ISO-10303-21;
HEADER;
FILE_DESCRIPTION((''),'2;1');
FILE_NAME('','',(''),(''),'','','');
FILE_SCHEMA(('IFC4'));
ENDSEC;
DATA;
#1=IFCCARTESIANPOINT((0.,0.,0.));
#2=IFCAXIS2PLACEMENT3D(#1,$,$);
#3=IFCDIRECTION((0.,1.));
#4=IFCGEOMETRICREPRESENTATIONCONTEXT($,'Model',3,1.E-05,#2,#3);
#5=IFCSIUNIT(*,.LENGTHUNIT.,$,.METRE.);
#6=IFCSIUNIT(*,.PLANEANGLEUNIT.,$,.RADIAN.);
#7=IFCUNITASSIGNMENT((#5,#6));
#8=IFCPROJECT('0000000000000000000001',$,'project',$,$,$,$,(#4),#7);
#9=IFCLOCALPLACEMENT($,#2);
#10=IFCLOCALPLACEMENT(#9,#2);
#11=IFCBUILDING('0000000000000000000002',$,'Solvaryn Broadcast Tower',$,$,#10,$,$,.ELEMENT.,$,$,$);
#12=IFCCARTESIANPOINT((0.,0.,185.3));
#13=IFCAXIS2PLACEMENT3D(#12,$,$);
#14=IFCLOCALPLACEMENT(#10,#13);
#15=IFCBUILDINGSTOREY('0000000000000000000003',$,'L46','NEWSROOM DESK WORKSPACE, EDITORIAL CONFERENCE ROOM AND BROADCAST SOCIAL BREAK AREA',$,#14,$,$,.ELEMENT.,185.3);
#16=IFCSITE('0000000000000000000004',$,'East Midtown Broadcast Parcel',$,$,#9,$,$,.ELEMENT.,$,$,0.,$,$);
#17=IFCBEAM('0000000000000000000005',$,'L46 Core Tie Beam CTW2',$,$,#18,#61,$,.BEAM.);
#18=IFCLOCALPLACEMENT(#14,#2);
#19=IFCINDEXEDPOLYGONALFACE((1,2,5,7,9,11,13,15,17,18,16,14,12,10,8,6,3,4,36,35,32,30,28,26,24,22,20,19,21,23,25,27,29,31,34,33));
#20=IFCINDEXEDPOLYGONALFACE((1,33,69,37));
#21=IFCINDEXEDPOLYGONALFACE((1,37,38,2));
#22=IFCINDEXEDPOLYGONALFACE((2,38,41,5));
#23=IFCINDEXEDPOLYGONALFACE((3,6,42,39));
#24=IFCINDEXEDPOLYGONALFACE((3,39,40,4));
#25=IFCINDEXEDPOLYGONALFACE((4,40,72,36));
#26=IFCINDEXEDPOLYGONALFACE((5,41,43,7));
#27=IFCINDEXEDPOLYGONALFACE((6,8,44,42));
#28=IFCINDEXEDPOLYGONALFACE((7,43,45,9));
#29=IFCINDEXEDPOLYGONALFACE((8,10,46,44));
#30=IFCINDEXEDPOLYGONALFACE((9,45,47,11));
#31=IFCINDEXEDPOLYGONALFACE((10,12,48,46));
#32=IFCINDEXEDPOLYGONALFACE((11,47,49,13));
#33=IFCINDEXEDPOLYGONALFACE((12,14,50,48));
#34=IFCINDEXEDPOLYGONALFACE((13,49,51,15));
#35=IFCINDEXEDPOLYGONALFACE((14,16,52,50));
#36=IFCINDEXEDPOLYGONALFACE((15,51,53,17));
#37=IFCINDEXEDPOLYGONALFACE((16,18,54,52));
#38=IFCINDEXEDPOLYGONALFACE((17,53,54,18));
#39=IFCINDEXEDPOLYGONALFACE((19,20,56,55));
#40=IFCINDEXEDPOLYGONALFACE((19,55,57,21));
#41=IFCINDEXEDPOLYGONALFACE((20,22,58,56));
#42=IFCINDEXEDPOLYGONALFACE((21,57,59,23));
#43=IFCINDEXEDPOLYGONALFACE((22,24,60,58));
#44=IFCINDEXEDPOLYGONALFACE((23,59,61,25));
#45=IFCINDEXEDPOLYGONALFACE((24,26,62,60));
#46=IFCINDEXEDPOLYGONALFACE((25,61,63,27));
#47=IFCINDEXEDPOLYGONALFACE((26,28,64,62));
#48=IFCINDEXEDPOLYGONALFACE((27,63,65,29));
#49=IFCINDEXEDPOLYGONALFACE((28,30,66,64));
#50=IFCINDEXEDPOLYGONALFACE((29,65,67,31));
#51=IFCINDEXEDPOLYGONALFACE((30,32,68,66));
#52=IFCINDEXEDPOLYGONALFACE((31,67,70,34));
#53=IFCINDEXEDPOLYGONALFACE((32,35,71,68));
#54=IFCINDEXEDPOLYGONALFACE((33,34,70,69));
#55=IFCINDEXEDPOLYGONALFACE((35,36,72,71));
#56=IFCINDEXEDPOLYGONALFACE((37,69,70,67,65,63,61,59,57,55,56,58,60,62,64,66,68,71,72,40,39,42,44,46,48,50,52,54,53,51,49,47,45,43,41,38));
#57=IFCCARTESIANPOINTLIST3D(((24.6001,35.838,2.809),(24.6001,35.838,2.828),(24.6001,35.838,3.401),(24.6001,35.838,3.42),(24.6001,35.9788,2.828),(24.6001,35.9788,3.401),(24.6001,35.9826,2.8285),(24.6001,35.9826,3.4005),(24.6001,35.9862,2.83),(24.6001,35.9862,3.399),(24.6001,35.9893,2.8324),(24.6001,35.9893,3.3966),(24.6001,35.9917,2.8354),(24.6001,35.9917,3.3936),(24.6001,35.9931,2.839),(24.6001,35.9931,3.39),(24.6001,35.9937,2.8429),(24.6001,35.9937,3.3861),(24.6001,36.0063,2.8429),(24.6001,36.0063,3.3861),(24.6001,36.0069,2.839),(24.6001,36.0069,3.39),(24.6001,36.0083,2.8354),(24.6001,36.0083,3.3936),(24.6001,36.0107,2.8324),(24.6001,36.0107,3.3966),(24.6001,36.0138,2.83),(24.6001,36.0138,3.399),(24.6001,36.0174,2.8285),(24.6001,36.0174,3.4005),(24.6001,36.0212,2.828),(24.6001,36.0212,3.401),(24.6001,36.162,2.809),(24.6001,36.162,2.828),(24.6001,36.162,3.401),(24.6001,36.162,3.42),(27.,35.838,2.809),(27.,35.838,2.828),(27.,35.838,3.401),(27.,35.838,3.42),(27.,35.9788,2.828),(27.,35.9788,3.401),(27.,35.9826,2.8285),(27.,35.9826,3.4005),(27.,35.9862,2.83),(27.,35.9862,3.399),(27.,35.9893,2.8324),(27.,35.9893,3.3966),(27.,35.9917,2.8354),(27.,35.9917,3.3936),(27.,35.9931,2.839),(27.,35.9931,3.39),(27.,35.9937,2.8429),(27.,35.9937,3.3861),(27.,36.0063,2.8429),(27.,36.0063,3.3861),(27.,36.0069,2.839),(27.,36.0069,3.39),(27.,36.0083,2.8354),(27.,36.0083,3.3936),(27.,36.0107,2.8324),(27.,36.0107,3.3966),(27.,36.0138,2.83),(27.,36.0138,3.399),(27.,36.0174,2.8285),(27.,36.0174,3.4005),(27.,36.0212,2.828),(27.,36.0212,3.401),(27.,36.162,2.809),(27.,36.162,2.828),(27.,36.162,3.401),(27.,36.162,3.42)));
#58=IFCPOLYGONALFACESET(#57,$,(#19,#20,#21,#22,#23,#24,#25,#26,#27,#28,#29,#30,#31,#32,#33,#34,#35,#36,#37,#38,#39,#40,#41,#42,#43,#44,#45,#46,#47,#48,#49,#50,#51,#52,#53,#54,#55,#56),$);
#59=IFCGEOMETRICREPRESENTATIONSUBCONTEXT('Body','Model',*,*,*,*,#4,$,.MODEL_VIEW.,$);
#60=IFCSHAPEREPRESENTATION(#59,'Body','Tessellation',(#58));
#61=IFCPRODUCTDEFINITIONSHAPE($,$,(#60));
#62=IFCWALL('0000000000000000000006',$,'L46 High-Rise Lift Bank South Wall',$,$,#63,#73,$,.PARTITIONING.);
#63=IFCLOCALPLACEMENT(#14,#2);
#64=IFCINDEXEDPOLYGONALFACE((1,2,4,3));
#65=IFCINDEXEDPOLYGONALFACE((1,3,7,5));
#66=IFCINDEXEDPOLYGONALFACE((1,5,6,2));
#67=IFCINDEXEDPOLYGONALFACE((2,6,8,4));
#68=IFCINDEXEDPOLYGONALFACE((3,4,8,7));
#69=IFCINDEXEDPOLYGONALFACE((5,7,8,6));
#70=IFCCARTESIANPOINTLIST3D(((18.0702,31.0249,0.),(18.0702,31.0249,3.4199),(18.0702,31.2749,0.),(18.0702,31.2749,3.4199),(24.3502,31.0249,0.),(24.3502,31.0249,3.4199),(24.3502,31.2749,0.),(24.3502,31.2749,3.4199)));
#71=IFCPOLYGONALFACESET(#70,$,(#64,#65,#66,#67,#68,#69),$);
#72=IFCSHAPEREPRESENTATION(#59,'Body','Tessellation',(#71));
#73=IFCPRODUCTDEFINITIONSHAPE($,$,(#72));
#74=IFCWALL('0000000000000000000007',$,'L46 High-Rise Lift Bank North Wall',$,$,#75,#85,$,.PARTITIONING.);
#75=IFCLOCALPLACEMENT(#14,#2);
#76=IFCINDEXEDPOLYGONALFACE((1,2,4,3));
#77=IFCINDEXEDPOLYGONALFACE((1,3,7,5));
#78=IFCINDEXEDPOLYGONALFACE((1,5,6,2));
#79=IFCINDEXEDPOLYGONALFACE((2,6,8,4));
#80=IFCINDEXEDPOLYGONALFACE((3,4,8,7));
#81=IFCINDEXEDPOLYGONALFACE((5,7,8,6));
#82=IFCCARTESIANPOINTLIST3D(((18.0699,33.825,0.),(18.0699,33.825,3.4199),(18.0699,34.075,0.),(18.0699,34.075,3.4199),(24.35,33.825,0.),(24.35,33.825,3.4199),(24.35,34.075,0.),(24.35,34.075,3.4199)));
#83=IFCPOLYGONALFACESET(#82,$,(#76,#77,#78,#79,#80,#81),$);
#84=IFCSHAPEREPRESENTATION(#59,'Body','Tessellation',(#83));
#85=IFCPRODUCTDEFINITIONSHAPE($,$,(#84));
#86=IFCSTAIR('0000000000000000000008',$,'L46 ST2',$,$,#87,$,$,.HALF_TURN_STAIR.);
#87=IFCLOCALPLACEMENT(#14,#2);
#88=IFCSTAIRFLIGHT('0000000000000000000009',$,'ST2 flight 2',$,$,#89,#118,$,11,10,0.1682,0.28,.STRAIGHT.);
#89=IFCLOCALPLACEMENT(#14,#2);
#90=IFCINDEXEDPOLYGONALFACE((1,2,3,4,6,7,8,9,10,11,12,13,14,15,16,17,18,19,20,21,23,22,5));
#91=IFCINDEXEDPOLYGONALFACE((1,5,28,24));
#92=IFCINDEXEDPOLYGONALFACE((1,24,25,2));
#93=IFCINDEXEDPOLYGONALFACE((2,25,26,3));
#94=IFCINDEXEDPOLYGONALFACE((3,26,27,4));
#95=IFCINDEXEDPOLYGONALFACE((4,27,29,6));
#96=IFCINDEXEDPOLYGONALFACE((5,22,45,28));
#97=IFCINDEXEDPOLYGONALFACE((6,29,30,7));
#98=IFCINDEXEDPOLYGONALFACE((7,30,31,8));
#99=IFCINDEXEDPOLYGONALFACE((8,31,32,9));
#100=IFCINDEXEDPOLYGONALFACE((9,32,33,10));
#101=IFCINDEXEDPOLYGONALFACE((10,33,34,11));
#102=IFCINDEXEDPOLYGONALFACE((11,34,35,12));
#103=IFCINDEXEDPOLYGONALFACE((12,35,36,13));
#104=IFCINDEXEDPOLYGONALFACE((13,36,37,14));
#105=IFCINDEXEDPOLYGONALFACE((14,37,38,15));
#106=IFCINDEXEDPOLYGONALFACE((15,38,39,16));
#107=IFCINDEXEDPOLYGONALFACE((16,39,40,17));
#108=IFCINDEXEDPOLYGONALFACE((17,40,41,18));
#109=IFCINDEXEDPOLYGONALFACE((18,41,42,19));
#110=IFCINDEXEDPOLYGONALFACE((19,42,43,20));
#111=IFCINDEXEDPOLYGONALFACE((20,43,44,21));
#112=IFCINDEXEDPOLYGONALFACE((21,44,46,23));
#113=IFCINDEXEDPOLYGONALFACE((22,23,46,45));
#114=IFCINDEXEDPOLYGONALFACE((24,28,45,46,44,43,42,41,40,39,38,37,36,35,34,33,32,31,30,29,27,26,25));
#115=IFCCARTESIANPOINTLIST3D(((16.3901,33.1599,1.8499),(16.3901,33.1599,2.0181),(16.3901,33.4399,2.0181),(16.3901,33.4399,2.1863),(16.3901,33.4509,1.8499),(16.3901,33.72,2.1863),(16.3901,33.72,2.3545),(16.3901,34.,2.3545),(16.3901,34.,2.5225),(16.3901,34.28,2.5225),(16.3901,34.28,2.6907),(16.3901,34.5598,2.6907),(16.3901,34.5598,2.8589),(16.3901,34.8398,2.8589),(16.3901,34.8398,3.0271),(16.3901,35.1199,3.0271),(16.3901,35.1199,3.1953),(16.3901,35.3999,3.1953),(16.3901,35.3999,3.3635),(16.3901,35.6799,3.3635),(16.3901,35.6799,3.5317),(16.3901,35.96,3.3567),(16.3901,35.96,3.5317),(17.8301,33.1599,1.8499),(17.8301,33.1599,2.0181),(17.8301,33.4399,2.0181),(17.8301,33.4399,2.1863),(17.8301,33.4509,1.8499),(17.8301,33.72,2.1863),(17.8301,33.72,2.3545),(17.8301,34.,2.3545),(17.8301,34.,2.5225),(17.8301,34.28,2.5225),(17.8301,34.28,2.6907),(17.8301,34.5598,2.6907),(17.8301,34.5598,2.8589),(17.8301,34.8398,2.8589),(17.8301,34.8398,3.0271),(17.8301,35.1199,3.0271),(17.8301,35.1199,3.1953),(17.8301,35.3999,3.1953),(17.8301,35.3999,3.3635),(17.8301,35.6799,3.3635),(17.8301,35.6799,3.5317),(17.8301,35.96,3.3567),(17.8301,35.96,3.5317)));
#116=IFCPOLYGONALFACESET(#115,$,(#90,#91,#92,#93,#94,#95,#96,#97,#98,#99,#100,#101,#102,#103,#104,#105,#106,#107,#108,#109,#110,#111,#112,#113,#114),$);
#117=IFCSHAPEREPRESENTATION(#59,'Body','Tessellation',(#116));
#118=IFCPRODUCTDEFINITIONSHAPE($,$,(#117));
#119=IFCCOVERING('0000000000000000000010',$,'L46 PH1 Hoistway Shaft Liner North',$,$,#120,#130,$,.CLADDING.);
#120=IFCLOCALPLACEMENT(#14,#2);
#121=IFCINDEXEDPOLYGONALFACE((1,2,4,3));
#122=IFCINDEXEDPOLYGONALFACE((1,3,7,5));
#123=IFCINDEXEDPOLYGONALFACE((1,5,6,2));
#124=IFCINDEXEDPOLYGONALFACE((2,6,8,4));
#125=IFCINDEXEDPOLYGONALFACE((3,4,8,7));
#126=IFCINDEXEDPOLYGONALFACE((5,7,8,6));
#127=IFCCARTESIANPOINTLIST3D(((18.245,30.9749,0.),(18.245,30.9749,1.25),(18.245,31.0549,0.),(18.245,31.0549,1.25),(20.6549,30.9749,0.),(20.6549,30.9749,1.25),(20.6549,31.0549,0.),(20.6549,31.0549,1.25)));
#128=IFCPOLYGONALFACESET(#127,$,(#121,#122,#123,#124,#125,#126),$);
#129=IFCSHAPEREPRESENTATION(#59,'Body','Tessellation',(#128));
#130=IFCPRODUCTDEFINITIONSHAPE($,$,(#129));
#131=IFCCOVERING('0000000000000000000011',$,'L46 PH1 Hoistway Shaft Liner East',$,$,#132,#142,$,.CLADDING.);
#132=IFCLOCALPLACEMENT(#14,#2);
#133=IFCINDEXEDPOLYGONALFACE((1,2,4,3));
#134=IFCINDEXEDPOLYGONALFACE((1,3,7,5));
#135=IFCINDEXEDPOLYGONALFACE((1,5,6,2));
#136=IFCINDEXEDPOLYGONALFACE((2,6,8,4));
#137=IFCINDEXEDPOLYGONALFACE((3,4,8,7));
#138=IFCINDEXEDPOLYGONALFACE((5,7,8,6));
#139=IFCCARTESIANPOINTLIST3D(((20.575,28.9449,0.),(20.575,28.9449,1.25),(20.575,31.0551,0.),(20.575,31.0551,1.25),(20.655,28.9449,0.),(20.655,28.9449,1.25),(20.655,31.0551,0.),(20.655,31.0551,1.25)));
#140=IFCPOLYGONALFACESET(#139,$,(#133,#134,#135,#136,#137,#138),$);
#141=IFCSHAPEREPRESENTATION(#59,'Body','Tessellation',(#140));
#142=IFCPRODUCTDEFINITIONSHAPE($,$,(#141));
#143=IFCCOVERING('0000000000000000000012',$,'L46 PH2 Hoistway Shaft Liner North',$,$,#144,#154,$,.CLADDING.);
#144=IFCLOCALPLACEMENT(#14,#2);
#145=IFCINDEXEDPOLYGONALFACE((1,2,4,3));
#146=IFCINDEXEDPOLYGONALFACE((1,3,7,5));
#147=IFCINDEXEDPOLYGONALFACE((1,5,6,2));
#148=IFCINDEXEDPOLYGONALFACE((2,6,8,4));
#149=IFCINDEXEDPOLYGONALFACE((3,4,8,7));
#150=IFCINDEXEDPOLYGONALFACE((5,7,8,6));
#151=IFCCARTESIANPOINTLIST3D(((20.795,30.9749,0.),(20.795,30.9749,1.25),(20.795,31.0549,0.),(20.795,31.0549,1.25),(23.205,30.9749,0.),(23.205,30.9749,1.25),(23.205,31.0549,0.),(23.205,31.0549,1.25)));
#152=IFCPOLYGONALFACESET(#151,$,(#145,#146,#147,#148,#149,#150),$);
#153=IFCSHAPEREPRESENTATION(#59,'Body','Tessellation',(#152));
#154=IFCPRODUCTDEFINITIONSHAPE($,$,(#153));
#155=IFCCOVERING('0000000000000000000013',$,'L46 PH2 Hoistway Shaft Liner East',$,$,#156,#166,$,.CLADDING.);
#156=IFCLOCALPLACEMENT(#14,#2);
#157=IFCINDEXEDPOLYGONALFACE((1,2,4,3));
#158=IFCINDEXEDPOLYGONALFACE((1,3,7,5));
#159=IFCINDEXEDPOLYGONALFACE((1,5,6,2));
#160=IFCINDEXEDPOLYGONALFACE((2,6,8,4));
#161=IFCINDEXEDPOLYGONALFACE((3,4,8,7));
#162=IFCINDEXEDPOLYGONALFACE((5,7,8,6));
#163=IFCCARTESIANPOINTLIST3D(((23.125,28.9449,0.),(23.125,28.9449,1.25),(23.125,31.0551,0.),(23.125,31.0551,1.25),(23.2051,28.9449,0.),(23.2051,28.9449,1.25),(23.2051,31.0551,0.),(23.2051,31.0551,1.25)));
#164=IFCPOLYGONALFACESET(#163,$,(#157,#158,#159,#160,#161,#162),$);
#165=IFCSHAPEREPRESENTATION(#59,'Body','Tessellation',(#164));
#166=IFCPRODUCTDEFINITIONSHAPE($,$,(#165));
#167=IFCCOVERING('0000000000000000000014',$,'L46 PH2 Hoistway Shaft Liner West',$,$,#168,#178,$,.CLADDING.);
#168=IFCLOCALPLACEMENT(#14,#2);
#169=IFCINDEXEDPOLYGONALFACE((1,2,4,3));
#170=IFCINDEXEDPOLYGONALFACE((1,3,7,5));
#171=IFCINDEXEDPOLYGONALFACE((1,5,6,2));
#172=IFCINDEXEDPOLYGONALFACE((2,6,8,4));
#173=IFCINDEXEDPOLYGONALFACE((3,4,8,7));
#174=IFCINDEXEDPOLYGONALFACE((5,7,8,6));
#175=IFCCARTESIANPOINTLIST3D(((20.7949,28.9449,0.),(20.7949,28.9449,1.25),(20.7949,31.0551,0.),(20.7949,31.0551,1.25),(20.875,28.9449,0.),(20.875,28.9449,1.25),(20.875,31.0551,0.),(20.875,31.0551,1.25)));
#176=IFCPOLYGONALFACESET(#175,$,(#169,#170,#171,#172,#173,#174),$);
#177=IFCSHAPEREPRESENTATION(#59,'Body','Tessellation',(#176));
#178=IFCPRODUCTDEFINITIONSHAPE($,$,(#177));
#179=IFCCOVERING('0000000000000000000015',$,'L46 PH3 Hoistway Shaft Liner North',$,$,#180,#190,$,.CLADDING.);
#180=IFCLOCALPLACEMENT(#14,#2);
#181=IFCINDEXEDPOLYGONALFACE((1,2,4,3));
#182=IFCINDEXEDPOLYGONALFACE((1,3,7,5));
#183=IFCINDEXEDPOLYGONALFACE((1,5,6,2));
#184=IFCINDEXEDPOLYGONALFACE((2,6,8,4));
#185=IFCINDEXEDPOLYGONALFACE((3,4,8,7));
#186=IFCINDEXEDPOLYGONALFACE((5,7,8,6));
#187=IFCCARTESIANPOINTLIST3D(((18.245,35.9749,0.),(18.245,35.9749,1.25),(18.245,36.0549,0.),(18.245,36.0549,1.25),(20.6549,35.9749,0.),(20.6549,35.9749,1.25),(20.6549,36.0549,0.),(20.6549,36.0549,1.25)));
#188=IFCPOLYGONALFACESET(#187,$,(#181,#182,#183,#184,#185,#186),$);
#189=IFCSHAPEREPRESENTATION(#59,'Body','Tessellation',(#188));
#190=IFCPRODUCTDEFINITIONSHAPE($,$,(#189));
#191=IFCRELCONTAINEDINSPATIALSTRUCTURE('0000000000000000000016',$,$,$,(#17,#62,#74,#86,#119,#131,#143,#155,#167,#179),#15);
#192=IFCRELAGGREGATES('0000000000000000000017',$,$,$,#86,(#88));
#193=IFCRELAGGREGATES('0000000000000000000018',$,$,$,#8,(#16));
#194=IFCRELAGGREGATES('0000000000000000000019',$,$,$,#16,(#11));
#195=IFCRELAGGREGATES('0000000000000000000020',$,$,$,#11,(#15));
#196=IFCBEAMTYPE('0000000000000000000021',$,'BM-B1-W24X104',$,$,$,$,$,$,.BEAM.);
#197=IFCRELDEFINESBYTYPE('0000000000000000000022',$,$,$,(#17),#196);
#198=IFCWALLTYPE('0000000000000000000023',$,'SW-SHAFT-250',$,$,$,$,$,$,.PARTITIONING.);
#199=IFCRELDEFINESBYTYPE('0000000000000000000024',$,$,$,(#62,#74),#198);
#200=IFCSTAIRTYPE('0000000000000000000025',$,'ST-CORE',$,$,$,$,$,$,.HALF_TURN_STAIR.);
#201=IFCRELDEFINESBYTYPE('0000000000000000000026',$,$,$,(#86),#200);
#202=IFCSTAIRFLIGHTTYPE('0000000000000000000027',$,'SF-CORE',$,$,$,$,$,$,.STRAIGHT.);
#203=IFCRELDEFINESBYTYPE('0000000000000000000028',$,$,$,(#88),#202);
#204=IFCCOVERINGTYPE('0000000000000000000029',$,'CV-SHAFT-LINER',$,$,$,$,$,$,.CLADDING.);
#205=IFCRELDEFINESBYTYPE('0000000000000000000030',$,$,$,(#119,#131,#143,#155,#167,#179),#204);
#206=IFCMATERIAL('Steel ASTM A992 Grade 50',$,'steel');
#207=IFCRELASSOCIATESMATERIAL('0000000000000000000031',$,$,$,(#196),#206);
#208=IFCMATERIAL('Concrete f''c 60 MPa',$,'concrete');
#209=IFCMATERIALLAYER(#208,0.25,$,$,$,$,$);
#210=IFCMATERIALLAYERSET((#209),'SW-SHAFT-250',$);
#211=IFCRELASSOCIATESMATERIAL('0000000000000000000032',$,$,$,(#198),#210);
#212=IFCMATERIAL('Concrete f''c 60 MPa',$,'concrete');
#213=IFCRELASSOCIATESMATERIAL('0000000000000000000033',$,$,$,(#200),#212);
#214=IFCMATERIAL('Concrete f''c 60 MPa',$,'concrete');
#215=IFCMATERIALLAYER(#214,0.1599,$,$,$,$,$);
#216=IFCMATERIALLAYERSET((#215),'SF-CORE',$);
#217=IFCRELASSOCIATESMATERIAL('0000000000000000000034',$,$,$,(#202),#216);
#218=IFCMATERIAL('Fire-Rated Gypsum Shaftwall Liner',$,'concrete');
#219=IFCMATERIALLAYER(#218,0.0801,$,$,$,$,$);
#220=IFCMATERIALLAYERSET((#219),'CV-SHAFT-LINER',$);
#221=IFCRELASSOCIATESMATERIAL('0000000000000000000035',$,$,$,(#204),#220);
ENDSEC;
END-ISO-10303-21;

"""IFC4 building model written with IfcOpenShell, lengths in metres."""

from ifc_helpers import new_model, si_unit, direction, frame, frame_2d, origin, origin_2d, place, context, subcontext, project, spatial, polyline, rectangle, i_section, outline, extrude, material, layer, layer_set, material_profile, profile_set, type_object, element, aggregate, save


model = new_model("IFC4")

# Units and contexts
model_context = context("Model", 3, precision=1e-05, world=origin(), true_north=direction((0.0, 1.0)))
body_context = subcontext(model_context, "Body", "Model", "MODEL_VIEW")
ifc_project = project(units=[si_unit("LENGTHUNIT", "METRE"), si_unit("PLANEANGLEUNIT", "RADIAN")], contexts=[model_context])

# Site, building, storey
site_placement = place(None, origin())
site = spatial("IfcSite", under=ifc_project, at=site_placement, Name="East Midtown Broadcast Parcel", CompositionType="ELEMENT", RefElevation=0.0)
building_placement = place(site_placement, origin())
building = spatial("IfcBuilding", under=site, at=building_placement, Name="Solvaryn Broadcast Tower", CompositionType="ELEMENT")
storey_placement = place(building_placement, frame((0.0, 0.0, 185.3)))
storey = spatial("IfcBuildingStorey", under=building, at=storey_placement, Name="L46", Description="NEWSROOM DESK WORKSPACE, EDITORIAL CONFERENCE ROOM AND BROADCAST SOCIAL BREAK AREA", CompositionType="ELEMENT", Elevation=185.3)

# Beam
ifc_material_1 = material(Name="Steel ASTM A992 Grade 50", Category="steel")
ifc_material_profile = material_profile(ifc_material_1, i_section(OverallWidth=0.324, OverallDepth=0.6111, WebThickness=0.0127, FlangeThickness=0.019, FilletRadius=0.0149, at=origin_2d()))
ifc_profile_set = profile_set([ifc_material_profile], Name="Steel ASTM A992 Grade 50")
beam_type = type_object("IfcBeamType", Name="BM-B1-W24X104", PredefinedType="BEAM", material=ifc_profile_set)
beam_placement = place(storey_placement, frame((24.6001, 36.0, 3.1145), z_axis=(1.0, 0.0, 0.0), x_axis=(0.0, 1.0, 0.0)))
element("IfcBeam", 1, at=beam_placement, inside=storey, type_object=beam_type, Name="L46 Core Tie Beam CTW2", PredefinedType="BEAM", context=body_context, shape_type="SweptSolid", body=[
    extrude(i_section(OverallWidth=0.324, OverallDepth=0.6111, WebThickness=0.0127, FlangeThickness=0.019, FilletRadius=0.0149, at=origin_2d()), origin(), (0.0, 0.0, 1.0), 2.3999),
])

# Walls
ifc_material_2 = material(Name="Concrete f'c 60 MPa", Category="concrete")
ifc_layer_1 = layer(ifc_material_2, 0.25)
ifc_layer_set_1 = layer_set([ifc_layer_1], Name="SW-SHAFT-250")
wall_type = type_object("IfcWallType", Name="SW-SHAFT-250", PredefinedType="PARTITIONING", material=ifc_layer_set_1)
for number, where, z_axis, x_axis, name in (
    (2, (18.0701, 31.1499, 0.0), (0.0, 0.0, 1.0), (1.0, 0.0, 0.0), "L46 High-Rise Lift Bank South Wall"),
    (3, (24.3501, 33.95, 0.0), (0.0, 0.0, 1.0), (-1.0, 0.0, 0.0), "L46 High-Rise Lift Bank North Wall"),
):
    element("IfcWall", number, at=place(storey_placement, frame(where, z_axis=z_axis, x_axis=x_axis)), inside=storey, type_object=wall_type, Name=name, PredefinedType="PARTITIONING", context=body_context, shape_type="SweptSolid", body=[
        extrude(rectangle(XDim=6.28, YDim=0.25, at=frame_2d((3.1401, 0.0))), origin(), (0.0, 0.0, 1.0), 3.4199),
    ])

# Stair, stair flight
ifc_material_3 = material(Name="Concrete f'c 60 MPa", Category="concrete")
stair_type = type_object("IfcStairType", Name="ST-CORE", PredefinedType="HALF_TURN_STAIR", material=ifc_material_3)
stair_placement = place(storey_placement, origin())
stair = element("IfcStair", 4, at=stair_placement, inside=storey, type_object=stair_type, Name="L46 ST2", PredefinedType="HALF_TURN_STAIR")
ifc_material_4 = material(Name="Concrete f'c 60 MPa", Category="concrete")
ifc_layer_2 = layer(ifc_material_4, 0.1599)
ifc_layer_set_2 = layer_set([ifc_layer_2], Name="SF-CORE")
stair_flight_type = type_object("IfcStairFlightType", Name="SF-CORE", PredefinedType="STRAIGHT", material=ifc_layer_set_2)
stair_flight_placement = place(storey_placement, frame((17.1101, 33.1599, 1.8499), z_axis=(0.0, 0.0, 1.0), x_axis=(0.0, 1.0, 0.0)))
stair_flight = element("IfcStairFlight", 5, at=stair_flight_placement, type_object=stair_flight_type, Name="ST2 flight 2", NumberOfRisers=11, NumberOfTreads=10, PredefinedType="STRAIGHT", RiserHeight=0.1682, TreadLength=0.28, context=body_context, shape_type="SweptSolid", body=[
    extrude(outline(polyline([(0.0, 0.0), (0.0, 0.1682), (0.28, 0.1682), (0.28, 0.3364), (0.5601, 0.3364), (0.5601, 0.5046), (0.8401, 0.5046), (0.8401, 0.6726), (1.1201, 0.6726), (1.1201, 0.8408), (1.3999, 0.8408), (1.3999, 1.009), (1.6799, 1.009), (1.6799, 1.1772), (1.96, 1.1772), (1.96, 1.3455), (2.24, 1.3455), (2.24, 1.5137), (2.52, 1.5137), (2.52, 1.6819), (2.8, 1.6819), (2.8, 1.8501), (2.8, 1.5068), (0.291, 0.0), (0.0, 0.0)])), frame((0.0, 0.72, 0.0), z_axis=(0.0, -1.0, 0.0), x_axis=(1.0, 0.0, 0.0)), (0.0, 0.0, 1.0), 1.4399),
])
aggregate(stair, [stair_flight])

# Coverings
ifc_material_5 = material(Name="Fire-Rated Gypsum Shaftwall Liner", Category="concrete")
ifc_layer_3 = layer(ifc_material_5, 0.0801)
ifc_layer_set_3 = layer_set([ifc_layer_3], Name="CV-SHAFT-LINER")
covering_type = type_object("IfcCoveringType", Name="CV-SHAFT-LINER", PredefinedType="CLADDING", material=ifc_layer_set_3)
covering_1_placement = place(storey_placement, frame((19.45, 31.0149, 0.0), z_axis=(0.0, 0.0, 1.0), x_axis=(1.0, 0.0, 0.0)))
element("IfcCovering", 6, at=covering_1_placement, inside=storey, type_object=covering_type, Name="L46 PH1 Hoistway Shaft Liner North", PredefinedType="CLADDING", context=body_context, shape_type="SweptSolid", body=[
    extrude(rectangle(XDim=2.4099, YDim=0.0801, at=origin_2d()), origin(), (0.0, 0.0, 1.0), 1.25),
])
covering_2_placement = place(storey_placement, frame((20.615, 30.0, 0.0), z_axis=(0.0, 0.0, 1.0), x_axis=(1.0, 0.0, 0.0)))
element("IfcCovering", 7, at=covering_2_placement, inside=storey, type_object=covering_type, Name="L46 PH1 Hoistway Shaft Liner East", PredefinedType="CLADDING", context=body_context, shape_type="SweptSolid", body=[
    extrude(rectangle(XDim=0.0801, YDim=2.1101, at=origin_2d()), origin(), (0.0, 0.0, 1.0), 1.25),
])
covering_3_placement = place(storey_placement, frame((22.0, 31.0149, 0.0), z_axis=(0.0, 0.0, 1.0), x_axis=(1.0, 0.0, 0.0)))
element("IfcCovering", 8, at=covering_3_placement, inside=storey, type_object=covering_type, Name="L46 PH2 Hoistway Shaft Liner North", PredefinedType="CLADDING", context=body_context, shape_type="SweptSolid", body=[
    extrude(rectangle(XDim=2.4099, YDim=0.0801, at=origin_2d()), origin(), (0.0, 0.0, 1.0), 1.25),
])
for number, where, z_axis, x_axis, name in (
    (9, (23.165, 30.0, 0.0), (0.0, 0.0, 1.0), (1.0, 0.0, 0.0), "L46 PH2 Hoistway Shaft Liner East"),
    (10, (20.835, 30.0, 0.0), (0.0, 0.0, 1.0), (1.0, 0.0, 0.0), "L46 PH2 Hoistway Shaft Liner West"),
):
    element("IfcCovering", number, at=place(storey_placement, frame(where, z_axis=z_axis, x_axis=x_axis)), inside=storey, type_object=covering_type, Name=name, PredefinedType="CLADDING", context=body_context, shape_type="SweptSolid", body=[
        extrude(rectangle(XDim=0.0801, YDim=2.1101, at=origin_2d()), origin(), (0.0, 0.0, 1.0), 1.25),
    ])
for number, where, z_axis, x_axis, name in (
    (11, (19.45, 36.0149, 0.0), (0.0, 0.0, 1.0), (1.0, 0.0, 0.0), "L46 PH3 Hoistway Shaft Liner North"),
):
    element("IfcCovering", number, at=place(storey_placement, frame(where, z_axis=z_axis, x_axis=x_axis)), inside=storey, type_object=covering_type, Name=name, PredefinedType="CLADDING", context=body_context, shape_type="SweptSolid", body=[
        extrude(rectangle(XDim=2.4099, YDim=0.0801, at=origin_2d()), origin(), (0.0, 0.0, 1.0), 1.25),
    ])

save(model, "model.ifc")
